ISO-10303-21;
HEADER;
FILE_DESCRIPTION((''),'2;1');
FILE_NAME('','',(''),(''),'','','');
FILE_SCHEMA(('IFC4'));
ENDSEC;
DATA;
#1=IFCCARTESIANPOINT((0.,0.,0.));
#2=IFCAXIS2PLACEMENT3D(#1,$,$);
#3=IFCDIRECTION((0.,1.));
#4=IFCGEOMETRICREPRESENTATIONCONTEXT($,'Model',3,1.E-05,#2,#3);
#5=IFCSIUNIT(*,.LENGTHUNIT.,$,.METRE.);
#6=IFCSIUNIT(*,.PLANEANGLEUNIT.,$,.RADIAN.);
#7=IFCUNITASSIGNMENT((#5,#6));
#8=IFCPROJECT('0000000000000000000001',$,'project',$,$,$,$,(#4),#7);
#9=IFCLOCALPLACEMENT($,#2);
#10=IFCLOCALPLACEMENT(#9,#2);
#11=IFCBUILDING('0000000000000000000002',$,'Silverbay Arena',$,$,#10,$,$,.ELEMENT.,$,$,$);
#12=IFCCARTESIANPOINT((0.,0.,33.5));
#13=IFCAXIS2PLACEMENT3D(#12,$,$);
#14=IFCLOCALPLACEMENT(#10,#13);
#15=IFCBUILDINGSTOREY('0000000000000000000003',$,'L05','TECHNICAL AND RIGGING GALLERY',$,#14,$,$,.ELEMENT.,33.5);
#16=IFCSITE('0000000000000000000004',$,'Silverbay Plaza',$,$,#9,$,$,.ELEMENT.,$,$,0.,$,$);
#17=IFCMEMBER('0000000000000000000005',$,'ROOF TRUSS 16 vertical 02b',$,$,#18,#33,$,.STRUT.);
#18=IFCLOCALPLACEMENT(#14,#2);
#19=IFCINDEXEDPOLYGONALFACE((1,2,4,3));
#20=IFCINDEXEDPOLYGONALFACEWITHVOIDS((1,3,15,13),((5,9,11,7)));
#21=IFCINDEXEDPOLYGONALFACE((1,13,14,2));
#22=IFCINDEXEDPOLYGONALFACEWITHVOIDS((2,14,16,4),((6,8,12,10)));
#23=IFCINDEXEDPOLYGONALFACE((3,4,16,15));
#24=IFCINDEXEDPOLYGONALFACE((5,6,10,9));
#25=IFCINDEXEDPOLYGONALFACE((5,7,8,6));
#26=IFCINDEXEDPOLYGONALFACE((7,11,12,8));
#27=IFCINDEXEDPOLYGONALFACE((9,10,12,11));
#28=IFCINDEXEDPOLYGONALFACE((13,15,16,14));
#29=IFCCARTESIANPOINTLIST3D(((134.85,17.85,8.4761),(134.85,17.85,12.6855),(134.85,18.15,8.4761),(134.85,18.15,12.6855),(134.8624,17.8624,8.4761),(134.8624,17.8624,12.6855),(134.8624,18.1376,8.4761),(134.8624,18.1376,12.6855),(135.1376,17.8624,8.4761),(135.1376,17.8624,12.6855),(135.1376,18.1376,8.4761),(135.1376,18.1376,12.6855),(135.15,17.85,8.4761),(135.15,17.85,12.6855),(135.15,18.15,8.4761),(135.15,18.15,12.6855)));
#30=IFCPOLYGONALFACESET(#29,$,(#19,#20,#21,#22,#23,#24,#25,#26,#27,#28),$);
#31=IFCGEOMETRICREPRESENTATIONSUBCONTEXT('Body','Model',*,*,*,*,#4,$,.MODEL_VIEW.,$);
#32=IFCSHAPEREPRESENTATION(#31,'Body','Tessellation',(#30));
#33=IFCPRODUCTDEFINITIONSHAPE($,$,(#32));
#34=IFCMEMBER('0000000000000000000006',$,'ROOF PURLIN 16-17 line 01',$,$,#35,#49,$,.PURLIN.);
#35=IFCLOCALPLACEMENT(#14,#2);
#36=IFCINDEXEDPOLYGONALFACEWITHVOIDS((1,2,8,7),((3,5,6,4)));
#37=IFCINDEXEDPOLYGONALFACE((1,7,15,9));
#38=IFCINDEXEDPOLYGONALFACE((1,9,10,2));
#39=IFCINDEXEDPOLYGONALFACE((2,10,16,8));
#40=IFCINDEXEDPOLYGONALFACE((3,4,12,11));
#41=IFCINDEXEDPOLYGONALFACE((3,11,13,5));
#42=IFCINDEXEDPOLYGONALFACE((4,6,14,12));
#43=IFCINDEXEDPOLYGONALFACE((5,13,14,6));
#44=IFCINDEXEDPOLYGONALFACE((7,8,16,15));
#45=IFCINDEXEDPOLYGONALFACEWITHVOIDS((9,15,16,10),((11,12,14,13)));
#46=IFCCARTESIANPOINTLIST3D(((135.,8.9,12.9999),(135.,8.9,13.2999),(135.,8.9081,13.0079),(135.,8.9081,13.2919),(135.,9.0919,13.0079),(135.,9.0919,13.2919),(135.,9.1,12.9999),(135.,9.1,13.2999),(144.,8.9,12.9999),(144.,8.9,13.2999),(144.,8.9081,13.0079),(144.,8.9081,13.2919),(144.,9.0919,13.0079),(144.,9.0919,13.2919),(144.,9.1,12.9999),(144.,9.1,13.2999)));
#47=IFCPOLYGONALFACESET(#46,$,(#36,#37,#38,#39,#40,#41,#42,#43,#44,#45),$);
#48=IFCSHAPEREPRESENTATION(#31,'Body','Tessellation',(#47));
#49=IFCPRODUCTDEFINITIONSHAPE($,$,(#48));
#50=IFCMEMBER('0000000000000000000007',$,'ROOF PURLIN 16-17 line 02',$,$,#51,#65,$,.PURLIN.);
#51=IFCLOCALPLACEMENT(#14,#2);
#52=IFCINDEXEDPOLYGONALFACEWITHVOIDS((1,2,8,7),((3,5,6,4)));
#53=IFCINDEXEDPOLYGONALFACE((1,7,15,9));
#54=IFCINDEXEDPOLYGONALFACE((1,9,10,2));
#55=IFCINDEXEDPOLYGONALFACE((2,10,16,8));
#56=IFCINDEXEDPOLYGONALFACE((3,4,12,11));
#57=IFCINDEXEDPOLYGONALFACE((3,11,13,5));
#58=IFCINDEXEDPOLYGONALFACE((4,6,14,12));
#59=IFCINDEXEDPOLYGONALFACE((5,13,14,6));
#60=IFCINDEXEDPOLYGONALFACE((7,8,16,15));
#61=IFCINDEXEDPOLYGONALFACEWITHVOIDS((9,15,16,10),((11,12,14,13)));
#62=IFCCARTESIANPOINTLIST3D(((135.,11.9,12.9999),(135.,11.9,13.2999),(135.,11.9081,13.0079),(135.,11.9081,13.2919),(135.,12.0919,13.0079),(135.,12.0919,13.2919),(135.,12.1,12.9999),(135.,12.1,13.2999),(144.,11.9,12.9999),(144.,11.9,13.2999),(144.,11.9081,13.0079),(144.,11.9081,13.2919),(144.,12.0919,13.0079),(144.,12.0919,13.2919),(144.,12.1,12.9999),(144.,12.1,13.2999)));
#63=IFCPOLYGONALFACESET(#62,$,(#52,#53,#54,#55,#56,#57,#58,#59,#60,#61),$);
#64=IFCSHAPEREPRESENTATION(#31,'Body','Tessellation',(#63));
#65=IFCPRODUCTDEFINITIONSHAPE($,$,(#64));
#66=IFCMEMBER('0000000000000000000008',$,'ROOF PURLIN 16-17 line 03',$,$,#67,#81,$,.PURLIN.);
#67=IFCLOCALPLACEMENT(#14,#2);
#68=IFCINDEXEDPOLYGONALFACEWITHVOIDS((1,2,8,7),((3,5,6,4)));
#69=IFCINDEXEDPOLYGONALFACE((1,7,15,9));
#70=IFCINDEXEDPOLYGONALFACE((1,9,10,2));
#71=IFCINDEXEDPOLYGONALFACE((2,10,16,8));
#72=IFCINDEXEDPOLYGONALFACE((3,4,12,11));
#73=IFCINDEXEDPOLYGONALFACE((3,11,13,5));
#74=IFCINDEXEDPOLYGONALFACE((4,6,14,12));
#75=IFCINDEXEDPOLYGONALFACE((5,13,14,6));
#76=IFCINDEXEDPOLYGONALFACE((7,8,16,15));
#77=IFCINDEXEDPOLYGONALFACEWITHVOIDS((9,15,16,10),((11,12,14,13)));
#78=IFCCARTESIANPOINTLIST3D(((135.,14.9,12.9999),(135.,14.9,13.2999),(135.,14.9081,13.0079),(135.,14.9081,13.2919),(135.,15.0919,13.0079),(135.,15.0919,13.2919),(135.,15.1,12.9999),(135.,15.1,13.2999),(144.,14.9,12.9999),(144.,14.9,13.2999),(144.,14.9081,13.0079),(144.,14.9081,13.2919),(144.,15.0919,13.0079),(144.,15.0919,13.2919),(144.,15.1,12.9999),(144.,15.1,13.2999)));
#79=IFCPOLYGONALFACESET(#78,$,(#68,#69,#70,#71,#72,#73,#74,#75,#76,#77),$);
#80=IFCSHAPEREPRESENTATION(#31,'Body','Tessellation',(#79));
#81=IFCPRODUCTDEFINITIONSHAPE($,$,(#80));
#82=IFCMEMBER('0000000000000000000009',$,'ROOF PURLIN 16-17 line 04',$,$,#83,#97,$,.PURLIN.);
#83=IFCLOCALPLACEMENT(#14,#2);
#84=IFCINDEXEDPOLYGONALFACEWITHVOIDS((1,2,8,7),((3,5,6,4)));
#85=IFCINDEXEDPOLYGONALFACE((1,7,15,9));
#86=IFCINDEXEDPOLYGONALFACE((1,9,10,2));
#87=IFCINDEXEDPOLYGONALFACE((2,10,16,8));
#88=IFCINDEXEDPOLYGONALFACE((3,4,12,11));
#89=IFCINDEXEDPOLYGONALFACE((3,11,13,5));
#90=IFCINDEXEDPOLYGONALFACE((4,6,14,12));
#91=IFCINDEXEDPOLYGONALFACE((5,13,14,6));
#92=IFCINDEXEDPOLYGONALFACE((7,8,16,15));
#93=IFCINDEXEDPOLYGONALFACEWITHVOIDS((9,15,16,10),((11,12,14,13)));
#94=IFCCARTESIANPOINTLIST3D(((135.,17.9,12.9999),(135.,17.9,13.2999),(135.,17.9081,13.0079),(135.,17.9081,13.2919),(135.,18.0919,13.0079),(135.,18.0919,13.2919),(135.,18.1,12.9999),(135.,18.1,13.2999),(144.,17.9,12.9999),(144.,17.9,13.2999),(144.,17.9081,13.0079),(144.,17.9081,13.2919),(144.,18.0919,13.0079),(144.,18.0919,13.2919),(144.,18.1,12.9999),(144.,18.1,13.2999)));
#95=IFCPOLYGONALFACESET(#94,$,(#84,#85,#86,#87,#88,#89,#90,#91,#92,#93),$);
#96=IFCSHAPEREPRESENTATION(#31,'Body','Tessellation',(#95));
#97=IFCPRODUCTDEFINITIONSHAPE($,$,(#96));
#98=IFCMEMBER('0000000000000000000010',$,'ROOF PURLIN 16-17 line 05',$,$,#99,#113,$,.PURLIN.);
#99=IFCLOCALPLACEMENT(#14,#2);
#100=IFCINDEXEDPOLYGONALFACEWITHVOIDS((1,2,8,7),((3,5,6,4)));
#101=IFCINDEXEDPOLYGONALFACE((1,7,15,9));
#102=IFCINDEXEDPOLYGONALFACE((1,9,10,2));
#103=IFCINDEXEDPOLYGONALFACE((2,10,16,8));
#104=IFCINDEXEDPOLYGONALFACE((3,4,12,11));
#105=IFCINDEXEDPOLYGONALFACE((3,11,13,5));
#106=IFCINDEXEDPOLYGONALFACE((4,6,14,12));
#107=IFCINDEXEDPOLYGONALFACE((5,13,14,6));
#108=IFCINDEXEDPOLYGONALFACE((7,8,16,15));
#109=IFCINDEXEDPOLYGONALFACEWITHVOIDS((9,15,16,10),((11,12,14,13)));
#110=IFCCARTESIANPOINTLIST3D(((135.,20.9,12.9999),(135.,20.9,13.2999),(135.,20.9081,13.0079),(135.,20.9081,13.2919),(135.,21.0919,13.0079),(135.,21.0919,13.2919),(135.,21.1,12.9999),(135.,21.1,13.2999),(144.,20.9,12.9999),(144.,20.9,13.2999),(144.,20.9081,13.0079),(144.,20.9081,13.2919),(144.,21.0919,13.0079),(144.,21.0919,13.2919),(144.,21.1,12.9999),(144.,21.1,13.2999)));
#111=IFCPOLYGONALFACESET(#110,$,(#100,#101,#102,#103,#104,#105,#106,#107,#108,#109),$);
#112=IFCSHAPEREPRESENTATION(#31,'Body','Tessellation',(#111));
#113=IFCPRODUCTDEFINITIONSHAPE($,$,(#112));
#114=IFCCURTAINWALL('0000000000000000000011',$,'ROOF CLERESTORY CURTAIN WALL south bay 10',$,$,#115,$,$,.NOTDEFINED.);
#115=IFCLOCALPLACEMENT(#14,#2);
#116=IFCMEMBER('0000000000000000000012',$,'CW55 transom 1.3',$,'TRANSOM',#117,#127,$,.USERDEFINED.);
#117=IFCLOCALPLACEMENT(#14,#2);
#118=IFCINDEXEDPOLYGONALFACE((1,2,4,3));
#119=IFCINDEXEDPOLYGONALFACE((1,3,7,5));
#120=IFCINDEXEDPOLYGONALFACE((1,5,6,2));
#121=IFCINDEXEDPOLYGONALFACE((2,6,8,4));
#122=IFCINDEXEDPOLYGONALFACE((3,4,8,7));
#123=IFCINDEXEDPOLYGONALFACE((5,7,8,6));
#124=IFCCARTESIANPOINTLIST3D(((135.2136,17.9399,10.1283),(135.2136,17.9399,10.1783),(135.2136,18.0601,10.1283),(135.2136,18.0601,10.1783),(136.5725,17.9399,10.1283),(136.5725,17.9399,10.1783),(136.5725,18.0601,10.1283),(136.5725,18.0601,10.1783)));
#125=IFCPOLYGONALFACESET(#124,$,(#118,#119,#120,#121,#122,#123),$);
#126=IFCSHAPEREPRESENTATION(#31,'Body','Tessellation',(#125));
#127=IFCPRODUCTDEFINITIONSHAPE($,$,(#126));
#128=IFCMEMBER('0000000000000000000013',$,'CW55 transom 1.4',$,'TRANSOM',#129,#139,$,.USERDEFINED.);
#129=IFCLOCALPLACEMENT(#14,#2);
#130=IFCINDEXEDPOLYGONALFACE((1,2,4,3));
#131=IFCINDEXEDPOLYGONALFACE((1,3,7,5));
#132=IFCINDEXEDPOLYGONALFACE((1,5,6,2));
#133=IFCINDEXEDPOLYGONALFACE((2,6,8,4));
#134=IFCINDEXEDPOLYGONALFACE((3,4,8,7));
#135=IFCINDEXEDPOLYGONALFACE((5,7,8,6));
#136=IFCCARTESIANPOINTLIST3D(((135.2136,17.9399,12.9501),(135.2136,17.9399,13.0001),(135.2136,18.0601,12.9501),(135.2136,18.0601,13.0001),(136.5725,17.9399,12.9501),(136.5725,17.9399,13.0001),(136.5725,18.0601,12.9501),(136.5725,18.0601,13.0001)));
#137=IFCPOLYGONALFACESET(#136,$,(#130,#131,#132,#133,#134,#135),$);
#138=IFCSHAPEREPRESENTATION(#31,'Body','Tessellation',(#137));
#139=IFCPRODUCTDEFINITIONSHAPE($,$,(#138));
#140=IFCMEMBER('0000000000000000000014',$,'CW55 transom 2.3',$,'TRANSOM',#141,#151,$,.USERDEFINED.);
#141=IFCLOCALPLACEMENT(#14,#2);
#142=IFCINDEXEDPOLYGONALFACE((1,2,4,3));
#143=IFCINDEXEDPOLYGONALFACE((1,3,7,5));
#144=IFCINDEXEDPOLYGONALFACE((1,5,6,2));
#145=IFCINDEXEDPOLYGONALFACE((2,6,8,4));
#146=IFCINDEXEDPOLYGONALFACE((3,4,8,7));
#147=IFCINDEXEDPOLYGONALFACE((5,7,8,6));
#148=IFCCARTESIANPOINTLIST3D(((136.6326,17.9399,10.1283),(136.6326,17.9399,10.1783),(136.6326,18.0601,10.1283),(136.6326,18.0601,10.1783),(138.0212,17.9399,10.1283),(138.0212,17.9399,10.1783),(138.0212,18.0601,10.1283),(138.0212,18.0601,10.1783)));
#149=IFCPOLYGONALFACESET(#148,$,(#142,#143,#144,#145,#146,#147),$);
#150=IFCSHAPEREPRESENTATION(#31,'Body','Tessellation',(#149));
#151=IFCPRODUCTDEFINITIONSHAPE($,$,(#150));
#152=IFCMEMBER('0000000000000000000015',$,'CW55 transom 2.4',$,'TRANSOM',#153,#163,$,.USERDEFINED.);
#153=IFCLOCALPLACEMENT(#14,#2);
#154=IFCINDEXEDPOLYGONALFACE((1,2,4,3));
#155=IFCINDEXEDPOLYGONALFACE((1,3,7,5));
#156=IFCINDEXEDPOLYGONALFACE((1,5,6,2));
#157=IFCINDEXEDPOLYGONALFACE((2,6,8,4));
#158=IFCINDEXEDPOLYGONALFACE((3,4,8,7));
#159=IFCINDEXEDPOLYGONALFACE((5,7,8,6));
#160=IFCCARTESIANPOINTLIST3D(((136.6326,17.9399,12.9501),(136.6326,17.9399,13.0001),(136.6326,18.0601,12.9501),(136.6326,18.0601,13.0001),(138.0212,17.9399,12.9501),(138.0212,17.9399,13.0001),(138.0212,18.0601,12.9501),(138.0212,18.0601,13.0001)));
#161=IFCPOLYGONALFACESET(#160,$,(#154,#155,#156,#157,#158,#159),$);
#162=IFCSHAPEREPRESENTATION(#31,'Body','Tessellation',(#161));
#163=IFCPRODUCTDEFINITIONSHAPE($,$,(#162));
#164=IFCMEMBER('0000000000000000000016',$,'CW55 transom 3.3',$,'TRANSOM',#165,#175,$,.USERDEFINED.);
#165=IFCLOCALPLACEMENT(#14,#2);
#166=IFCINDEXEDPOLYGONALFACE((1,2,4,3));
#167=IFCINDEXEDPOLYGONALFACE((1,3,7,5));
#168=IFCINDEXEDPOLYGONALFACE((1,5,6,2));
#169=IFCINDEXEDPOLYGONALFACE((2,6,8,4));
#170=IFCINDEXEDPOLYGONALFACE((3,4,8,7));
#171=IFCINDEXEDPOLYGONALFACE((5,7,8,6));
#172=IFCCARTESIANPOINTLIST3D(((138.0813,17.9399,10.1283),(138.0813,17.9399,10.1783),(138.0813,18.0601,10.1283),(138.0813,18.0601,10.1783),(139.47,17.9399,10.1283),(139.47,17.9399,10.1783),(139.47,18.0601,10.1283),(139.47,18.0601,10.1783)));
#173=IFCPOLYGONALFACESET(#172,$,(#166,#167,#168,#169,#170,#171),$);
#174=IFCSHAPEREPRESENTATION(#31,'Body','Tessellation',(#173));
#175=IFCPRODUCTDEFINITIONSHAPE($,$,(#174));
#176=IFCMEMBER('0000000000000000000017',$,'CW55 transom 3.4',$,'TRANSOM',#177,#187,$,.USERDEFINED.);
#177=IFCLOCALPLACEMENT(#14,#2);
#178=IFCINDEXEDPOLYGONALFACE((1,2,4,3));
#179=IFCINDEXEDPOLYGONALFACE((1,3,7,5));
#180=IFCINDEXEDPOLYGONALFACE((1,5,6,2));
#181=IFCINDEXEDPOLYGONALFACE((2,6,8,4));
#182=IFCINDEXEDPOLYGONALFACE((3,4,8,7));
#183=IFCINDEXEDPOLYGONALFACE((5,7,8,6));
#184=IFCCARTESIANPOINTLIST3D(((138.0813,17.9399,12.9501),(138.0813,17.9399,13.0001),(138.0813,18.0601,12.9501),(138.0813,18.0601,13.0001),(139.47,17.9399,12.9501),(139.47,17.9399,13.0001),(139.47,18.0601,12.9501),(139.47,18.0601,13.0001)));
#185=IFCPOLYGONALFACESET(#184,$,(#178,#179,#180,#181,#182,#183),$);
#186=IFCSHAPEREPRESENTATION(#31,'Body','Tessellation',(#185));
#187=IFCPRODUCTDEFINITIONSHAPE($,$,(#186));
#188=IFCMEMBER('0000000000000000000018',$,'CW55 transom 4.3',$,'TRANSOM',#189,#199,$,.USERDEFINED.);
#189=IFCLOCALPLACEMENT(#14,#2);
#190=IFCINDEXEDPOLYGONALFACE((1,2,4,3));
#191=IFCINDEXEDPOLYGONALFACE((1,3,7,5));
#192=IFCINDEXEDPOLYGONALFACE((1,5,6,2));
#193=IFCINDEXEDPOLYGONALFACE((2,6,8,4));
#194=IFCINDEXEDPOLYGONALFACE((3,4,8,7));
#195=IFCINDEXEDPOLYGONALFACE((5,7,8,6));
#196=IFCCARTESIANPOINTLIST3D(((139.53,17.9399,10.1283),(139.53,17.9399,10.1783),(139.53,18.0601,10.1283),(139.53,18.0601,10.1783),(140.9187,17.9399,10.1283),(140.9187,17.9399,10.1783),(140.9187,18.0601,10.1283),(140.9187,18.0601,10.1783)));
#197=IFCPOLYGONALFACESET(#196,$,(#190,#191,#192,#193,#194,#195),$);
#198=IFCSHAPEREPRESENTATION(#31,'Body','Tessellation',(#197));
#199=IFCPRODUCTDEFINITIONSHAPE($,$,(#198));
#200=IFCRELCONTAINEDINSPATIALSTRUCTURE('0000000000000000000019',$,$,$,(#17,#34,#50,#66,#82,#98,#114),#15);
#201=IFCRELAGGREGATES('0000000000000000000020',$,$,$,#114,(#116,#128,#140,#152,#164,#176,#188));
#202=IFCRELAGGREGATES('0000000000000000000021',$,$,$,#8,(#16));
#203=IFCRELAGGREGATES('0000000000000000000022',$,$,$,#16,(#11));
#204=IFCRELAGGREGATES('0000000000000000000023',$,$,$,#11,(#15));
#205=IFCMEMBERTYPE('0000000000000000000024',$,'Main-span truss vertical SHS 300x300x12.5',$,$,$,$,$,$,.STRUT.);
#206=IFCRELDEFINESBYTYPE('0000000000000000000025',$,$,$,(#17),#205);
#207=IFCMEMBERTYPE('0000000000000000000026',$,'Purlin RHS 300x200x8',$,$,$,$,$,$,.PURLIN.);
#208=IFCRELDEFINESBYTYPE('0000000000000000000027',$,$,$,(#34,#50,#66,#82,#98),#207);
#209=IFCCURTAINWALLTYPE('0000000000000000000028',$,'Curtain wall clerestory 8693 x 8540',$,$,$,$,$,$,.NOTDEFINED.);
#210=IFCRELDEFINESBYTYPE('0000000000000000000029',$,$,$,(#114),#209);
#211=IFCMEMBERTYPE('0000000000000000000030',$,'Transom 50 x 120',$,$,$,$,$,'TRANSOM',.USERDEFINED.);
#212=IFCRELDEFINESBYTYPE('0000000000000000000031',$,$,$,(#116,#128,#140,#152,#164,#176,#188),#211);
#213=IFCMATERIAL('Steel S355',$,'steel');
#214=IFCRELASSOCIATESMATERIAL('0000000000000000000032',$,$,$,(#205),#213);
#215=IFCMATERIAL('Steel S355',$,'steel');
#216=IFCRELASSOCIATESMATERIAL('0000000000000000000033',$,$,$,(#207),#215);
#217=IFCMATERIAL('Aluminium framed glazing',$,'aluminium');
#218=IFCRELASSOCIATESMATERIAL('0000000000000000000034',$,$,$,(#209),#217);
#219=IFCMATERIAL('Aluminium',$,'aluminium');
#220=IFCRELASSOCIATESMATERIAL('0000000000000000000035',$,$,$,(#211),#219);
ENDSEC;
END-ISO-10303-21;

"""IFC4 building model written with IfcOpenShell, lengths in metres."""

from ifc_helpers import new_model, si_unit, direction, frame, origin, origin_2d, place, context, subcontext, project, spatial, rectangle, hollow_rectangle, extrude, material, material_profile, profile_set, type_object, element, aggregate, save


model = new_model("IFC4")

# Units and contexts
model_context = context("Model", 3, precision=1e-05, world=origin(), true_north=direction((0.0, 1.0)))
body_context = subcontext(model_context, "Body", "Model", "MODEL_VIEW")
ifc_project = project(units=[si_unit("LENGTHUNIT", "METRE"), si_unit("PLANEANGLEUNIT", "RADIAN")], contexts=[model_context])

# Site, building, storey
site_placement = place(None, origin())
site = spatial("IfcSite", under=ifc_project, at=site_placement, Name="Silverbay Plaza", CompositionType="ELEMENT", RefElevation=0.0)
building_placement = place(site_placement, origin())
building = spatial("IfcBuilding", under=site, at=building_placement, Name="Silverbay Arena", CompositionType="ELEMENT")
storey_placement = place(building_placement, frame((0.0, 0.0, 33.5)))
storey = spatial("IfcBuildingStorey", under=building, at=storey_placement, Name="L05", Description="TECHNICAL AND RIGGING GALLERY", CompositionType="ELEMENT", Elevation=33.5)

# Members
ifc_material_1 = material(Name="Steel S355", Category="steel")
ifc_material_profile_1 = material_profile(ifc_material_1, hollow_rectangle(XDim=0.3, YDim=0.3, WallThickness=0.0125, at=origin_2d()), Name="SHS 300x300x12.5")
ifc_profile_set_1 = profile_set([ifc_material_profile_1], Name="Steel S355")
member_type_1 = type_object("IfcMemberType", Name="Main-span truss vertical SHS 300x300x12.5", PredefinedType="STRUT", material=ifc_profile_set_1)
member_1_placement = place(storey_placement, frame((135.0, 18.0, 8.4761), z_axis=(0.0, 0.0, 1.0), x_axis=(1.0, 0.0, 0.0)))
element("IfcMember", 1, at=member_1_placement, inside=storey, type_object=member_type_1, Name="ROOF TRUSS 16 vertical 02b", PredefinedType="STRUT", context=body_context, shape_type="SweptSolid", body=[
    extrude(hollow_rectangle(XDim=0.3, YDim=0.3, WallThickness=0.0125, at=origin_2d()), origin(), (0.0, 0.0, 1.0), 4.2095),
])
ifc_material_2 = material(Name="Steel S355", Category="steel")
ifc_material_profile_2 = material_profile(ifc_material_2, hollow_rectangle(XDim=0.2, YDim=0.3, WallThickness=0.0081, at=origin_2d()), Name="RHS 300x200x8")
ifc_profile_set_2 = profile_set([ifc_material_profile_2], Name="Steel S355")
member_type_2 = type_object("IfcMemberType", Name="Purlin RHS 300x200x8", PredefinedType="PURLIN", material=ifc_profile_set_2)
for number, where, z_axis, x_axis, name in (
    (2, (135.0, 9.0, 13.1499), (1.0, 0.0, 0.0), (0.0, 1.0, 0.0), "ROOF PURLIN 16-17 line 01"),
    (3, (135.0, 12.0, 13.1499), (1.0, 0.0, 0.0), (0.0, 1.0, 0.0), "ROOF PURLIN 16-17 line 02"),
    (4, (135.0, 15.0, 13.1499), (1.0, 0.0, 0.0), (0.0, 1.0, 0.0), "ROOF PURLIN 16-17 line 03"),
    (5, (135.0, 18.0, 13.1499), (1.0, 0.0, 0.0), (0.0, 1.0, 0.0), "ROOF PURLIN 16-17 line 04"),
    (6, (135.0, 21.0, 13.1499), (1.0, 0.0, 0.0), (0.0, 1.0, 0.0), "ROOF PURLIN 16-17 line 05"),
):
    element("IfcMember", number, at=place(storey_placement, frame(where, z_axis=z_axis, x_axis=x_axis)), inside=storey, type_object=member_type_2, Name=name, PredefinedType="PURLIN", context=body_context, shape_type="SweptSolid", body=[
        extrude(hollow_rectangle(XDim=0.2, YDim=0.3, WallThickness=0.0081, at=origin_2d()), origin(), (0.0, 0.0, 1.0), 9.0),
    ])

# Curtain wall, members
ifc_material_3 = material(Name="Aluminium framed glazing", Category="aluminium")
curtain_wall_type_1 = type_object("IfcCurtainWallType", Name="Curtain wall clerestory 8693 x 8540", PredefinedType="NOTDEFINED", material=ifc_material_3)
curtain_wall_1_placement = place(storey_placement, origin())
curtain_wall_1 = element("IfcCurtainWall", 7, at=curtain_wall_1_placement, inside=storey, type_object=curtain_wall_type_1, Name="ROOF CLERESTORY CURTAIN WALL south bay 10", PredefinedType="NOTDEFINED")
ifc_material_4 = material(Name="Aluminium", Category="aluminium")
ifc_material_profile_3 = material_profile(ifc_material_4, rectangle(XDim=0.1201, YDim=0.05, at=origin_2d()), Name="Transom 50 x 120")
ifc_profile_set_3 = profile_set([ifc_material_profile_3], Name="Aluminium")
member_type_3 = type_object("IfcMemberType", Name="Transom 50 x 120", ElementType="TRANSOM", PredefinedType="USERDEFINED", material=ifc_profile_set_3)
member_2_placement = place(storey_placement, frame((135.2136, 18.0, 10.1533), z_axis=(1.0, 0.0, 0.0), x_axis=(0.0, 1.0, 0.0)))
member_2 = element("IfcMember", 8, at=member_2_placement, type_object=member_type_3, Name="CW55 transom 1.3", ObjectType="TRANSOM", PredefinedType="USERDEFINED", context=body_context, shape_type="SweptSolid", body=[
    extrude(rectangle(XDim=0.1201, YDim=0.05, at=origin_2d()), origin(), (0.0, 0.0, 1.0), 1.3589),
])
member_3_placement = place(storey_placement, frame((135.2136, 18.0, 12.9751), z_axis=(1.0, 0.0, 0.0), x_axis=(0.0, 1.0, 0.0)))
member_3 = element("IfcMember", 9, at=member_3_placement, type_object=member_type_3, Name="CW55 transom 1.4", ObjectType="TRANSOM", PredefinedType="USERDEFINED", context=body_context, shape_type="SweptSolid", body=[
    extrude(rectangle(XDim=0.1201, YDim=0.05, at=origin_2d()), origin(), (0.0, 0.0, 1.0), 1.3589),
])
member_4_placement = place(storey_placement, frame((136.6326, 18.0, 10.1533), z_axis=(1.0, 0.0, 0.0), x_axis=(0.0, 1.0, 0.0)))
member_4 = element("IfcMember", 10, at=member_4_placement, type_object=member_type_3, Name="CW55 transom 2.3", ObjectType="TRANSOM", PredefinedType="USERDEFINED", context=body_context, shape_type="SweptSolid", body=[
    extrude(rectangle(XDim=0.1201, YDim=0.05, at=origin_2d()), origin(), (0.0, 0.0, 1.0), 1.3887),
])
member_5_placement = place(storey_placement, frame((136.6326, 18.0, 12.9751), z_axis=(1.0, 0.0, 0.0), x_axis=(0.0, 1.0, 0.0)))
member_5 = element("IfcMember", 11, at=member_5_placement, type_object=member_type_3, Name="CW55 transom 2.4", ObjectType="TRANSOM", PredefinedType="USERDEFINED", context=body_context, shape_type="SweptSolid", body=[
    extrude(rectangle(XDim=0.1201, YDim=0.05, at=origin_2d()), origin(), (0.0, 0.0, 1.0), 1.3887),
])
member_6_placement = place(storey_placement, frame((138.0813, 18.0, 10.1533), z_axis=(1.0, 0.0, 0.0), x_axis=(0.0, 1.0, 0.0)))
member_6 = element("IfcMember", 12, at=member_6_placement, type_object=member_type_3, Name="CW55 transom 3.3", ObjectType="TRANSOM", PredefinedType="USERDEFINED", context=body_context, shape_type="SweptSolid", body=[
    extrude(rectangle(XDim=0.1201, YDim=0.05, at=origin_2d()), origin(), (0.0, 0.0, 1.0), 1.3887),
])
member_7_placement = place(storey_placement, frame((138.0813, 18.0, 12.9751), z_axis=(1.0, 0.0, 0.0), x_axis=(0.0, 1.0, 0.0)))
member_7 = element("IfcMember", 13, at=member_7_placement, type_object=member_type_3, Name="CW55 transom 3.4", ObjectType="TRANSOM", PredefinedType="USERDEFINED", context=body_context, shape_type="SweptSolid", body=[
    extrude(rectangle(XDim=0.1201, YDim=0.05, at=origin_2d()), origin(), (0.0, 0.0, 1.0), 1.3887),
])
member_8_placement = place(storey_placement, frame((139.53, 18.0, 10.1533), z_axis=(1.0, 0.0, 0.0), x_axis=(0.0, 1.0, 0.0)))
member_8 = element("IfcMember", 14, at=member_8_placement, type_object=member_type_3, Name="CW55 transom 4.3", ObjectType="TRANSOM", PredefinedType="USERDEFINED", context=body_context, shape_type="SweptSolid", body=[
    extrude(rectangle(XDim=0.1201, YDim=0.05, at=origin_2d()), origin(), (0.0, 0.0, 1.0), 1.3887),
])

aggregate(curtain_wall_1, [member_2, member_3, member_4, member_5, member_6, member_7, member_8])

save(model, "model.ifc")
